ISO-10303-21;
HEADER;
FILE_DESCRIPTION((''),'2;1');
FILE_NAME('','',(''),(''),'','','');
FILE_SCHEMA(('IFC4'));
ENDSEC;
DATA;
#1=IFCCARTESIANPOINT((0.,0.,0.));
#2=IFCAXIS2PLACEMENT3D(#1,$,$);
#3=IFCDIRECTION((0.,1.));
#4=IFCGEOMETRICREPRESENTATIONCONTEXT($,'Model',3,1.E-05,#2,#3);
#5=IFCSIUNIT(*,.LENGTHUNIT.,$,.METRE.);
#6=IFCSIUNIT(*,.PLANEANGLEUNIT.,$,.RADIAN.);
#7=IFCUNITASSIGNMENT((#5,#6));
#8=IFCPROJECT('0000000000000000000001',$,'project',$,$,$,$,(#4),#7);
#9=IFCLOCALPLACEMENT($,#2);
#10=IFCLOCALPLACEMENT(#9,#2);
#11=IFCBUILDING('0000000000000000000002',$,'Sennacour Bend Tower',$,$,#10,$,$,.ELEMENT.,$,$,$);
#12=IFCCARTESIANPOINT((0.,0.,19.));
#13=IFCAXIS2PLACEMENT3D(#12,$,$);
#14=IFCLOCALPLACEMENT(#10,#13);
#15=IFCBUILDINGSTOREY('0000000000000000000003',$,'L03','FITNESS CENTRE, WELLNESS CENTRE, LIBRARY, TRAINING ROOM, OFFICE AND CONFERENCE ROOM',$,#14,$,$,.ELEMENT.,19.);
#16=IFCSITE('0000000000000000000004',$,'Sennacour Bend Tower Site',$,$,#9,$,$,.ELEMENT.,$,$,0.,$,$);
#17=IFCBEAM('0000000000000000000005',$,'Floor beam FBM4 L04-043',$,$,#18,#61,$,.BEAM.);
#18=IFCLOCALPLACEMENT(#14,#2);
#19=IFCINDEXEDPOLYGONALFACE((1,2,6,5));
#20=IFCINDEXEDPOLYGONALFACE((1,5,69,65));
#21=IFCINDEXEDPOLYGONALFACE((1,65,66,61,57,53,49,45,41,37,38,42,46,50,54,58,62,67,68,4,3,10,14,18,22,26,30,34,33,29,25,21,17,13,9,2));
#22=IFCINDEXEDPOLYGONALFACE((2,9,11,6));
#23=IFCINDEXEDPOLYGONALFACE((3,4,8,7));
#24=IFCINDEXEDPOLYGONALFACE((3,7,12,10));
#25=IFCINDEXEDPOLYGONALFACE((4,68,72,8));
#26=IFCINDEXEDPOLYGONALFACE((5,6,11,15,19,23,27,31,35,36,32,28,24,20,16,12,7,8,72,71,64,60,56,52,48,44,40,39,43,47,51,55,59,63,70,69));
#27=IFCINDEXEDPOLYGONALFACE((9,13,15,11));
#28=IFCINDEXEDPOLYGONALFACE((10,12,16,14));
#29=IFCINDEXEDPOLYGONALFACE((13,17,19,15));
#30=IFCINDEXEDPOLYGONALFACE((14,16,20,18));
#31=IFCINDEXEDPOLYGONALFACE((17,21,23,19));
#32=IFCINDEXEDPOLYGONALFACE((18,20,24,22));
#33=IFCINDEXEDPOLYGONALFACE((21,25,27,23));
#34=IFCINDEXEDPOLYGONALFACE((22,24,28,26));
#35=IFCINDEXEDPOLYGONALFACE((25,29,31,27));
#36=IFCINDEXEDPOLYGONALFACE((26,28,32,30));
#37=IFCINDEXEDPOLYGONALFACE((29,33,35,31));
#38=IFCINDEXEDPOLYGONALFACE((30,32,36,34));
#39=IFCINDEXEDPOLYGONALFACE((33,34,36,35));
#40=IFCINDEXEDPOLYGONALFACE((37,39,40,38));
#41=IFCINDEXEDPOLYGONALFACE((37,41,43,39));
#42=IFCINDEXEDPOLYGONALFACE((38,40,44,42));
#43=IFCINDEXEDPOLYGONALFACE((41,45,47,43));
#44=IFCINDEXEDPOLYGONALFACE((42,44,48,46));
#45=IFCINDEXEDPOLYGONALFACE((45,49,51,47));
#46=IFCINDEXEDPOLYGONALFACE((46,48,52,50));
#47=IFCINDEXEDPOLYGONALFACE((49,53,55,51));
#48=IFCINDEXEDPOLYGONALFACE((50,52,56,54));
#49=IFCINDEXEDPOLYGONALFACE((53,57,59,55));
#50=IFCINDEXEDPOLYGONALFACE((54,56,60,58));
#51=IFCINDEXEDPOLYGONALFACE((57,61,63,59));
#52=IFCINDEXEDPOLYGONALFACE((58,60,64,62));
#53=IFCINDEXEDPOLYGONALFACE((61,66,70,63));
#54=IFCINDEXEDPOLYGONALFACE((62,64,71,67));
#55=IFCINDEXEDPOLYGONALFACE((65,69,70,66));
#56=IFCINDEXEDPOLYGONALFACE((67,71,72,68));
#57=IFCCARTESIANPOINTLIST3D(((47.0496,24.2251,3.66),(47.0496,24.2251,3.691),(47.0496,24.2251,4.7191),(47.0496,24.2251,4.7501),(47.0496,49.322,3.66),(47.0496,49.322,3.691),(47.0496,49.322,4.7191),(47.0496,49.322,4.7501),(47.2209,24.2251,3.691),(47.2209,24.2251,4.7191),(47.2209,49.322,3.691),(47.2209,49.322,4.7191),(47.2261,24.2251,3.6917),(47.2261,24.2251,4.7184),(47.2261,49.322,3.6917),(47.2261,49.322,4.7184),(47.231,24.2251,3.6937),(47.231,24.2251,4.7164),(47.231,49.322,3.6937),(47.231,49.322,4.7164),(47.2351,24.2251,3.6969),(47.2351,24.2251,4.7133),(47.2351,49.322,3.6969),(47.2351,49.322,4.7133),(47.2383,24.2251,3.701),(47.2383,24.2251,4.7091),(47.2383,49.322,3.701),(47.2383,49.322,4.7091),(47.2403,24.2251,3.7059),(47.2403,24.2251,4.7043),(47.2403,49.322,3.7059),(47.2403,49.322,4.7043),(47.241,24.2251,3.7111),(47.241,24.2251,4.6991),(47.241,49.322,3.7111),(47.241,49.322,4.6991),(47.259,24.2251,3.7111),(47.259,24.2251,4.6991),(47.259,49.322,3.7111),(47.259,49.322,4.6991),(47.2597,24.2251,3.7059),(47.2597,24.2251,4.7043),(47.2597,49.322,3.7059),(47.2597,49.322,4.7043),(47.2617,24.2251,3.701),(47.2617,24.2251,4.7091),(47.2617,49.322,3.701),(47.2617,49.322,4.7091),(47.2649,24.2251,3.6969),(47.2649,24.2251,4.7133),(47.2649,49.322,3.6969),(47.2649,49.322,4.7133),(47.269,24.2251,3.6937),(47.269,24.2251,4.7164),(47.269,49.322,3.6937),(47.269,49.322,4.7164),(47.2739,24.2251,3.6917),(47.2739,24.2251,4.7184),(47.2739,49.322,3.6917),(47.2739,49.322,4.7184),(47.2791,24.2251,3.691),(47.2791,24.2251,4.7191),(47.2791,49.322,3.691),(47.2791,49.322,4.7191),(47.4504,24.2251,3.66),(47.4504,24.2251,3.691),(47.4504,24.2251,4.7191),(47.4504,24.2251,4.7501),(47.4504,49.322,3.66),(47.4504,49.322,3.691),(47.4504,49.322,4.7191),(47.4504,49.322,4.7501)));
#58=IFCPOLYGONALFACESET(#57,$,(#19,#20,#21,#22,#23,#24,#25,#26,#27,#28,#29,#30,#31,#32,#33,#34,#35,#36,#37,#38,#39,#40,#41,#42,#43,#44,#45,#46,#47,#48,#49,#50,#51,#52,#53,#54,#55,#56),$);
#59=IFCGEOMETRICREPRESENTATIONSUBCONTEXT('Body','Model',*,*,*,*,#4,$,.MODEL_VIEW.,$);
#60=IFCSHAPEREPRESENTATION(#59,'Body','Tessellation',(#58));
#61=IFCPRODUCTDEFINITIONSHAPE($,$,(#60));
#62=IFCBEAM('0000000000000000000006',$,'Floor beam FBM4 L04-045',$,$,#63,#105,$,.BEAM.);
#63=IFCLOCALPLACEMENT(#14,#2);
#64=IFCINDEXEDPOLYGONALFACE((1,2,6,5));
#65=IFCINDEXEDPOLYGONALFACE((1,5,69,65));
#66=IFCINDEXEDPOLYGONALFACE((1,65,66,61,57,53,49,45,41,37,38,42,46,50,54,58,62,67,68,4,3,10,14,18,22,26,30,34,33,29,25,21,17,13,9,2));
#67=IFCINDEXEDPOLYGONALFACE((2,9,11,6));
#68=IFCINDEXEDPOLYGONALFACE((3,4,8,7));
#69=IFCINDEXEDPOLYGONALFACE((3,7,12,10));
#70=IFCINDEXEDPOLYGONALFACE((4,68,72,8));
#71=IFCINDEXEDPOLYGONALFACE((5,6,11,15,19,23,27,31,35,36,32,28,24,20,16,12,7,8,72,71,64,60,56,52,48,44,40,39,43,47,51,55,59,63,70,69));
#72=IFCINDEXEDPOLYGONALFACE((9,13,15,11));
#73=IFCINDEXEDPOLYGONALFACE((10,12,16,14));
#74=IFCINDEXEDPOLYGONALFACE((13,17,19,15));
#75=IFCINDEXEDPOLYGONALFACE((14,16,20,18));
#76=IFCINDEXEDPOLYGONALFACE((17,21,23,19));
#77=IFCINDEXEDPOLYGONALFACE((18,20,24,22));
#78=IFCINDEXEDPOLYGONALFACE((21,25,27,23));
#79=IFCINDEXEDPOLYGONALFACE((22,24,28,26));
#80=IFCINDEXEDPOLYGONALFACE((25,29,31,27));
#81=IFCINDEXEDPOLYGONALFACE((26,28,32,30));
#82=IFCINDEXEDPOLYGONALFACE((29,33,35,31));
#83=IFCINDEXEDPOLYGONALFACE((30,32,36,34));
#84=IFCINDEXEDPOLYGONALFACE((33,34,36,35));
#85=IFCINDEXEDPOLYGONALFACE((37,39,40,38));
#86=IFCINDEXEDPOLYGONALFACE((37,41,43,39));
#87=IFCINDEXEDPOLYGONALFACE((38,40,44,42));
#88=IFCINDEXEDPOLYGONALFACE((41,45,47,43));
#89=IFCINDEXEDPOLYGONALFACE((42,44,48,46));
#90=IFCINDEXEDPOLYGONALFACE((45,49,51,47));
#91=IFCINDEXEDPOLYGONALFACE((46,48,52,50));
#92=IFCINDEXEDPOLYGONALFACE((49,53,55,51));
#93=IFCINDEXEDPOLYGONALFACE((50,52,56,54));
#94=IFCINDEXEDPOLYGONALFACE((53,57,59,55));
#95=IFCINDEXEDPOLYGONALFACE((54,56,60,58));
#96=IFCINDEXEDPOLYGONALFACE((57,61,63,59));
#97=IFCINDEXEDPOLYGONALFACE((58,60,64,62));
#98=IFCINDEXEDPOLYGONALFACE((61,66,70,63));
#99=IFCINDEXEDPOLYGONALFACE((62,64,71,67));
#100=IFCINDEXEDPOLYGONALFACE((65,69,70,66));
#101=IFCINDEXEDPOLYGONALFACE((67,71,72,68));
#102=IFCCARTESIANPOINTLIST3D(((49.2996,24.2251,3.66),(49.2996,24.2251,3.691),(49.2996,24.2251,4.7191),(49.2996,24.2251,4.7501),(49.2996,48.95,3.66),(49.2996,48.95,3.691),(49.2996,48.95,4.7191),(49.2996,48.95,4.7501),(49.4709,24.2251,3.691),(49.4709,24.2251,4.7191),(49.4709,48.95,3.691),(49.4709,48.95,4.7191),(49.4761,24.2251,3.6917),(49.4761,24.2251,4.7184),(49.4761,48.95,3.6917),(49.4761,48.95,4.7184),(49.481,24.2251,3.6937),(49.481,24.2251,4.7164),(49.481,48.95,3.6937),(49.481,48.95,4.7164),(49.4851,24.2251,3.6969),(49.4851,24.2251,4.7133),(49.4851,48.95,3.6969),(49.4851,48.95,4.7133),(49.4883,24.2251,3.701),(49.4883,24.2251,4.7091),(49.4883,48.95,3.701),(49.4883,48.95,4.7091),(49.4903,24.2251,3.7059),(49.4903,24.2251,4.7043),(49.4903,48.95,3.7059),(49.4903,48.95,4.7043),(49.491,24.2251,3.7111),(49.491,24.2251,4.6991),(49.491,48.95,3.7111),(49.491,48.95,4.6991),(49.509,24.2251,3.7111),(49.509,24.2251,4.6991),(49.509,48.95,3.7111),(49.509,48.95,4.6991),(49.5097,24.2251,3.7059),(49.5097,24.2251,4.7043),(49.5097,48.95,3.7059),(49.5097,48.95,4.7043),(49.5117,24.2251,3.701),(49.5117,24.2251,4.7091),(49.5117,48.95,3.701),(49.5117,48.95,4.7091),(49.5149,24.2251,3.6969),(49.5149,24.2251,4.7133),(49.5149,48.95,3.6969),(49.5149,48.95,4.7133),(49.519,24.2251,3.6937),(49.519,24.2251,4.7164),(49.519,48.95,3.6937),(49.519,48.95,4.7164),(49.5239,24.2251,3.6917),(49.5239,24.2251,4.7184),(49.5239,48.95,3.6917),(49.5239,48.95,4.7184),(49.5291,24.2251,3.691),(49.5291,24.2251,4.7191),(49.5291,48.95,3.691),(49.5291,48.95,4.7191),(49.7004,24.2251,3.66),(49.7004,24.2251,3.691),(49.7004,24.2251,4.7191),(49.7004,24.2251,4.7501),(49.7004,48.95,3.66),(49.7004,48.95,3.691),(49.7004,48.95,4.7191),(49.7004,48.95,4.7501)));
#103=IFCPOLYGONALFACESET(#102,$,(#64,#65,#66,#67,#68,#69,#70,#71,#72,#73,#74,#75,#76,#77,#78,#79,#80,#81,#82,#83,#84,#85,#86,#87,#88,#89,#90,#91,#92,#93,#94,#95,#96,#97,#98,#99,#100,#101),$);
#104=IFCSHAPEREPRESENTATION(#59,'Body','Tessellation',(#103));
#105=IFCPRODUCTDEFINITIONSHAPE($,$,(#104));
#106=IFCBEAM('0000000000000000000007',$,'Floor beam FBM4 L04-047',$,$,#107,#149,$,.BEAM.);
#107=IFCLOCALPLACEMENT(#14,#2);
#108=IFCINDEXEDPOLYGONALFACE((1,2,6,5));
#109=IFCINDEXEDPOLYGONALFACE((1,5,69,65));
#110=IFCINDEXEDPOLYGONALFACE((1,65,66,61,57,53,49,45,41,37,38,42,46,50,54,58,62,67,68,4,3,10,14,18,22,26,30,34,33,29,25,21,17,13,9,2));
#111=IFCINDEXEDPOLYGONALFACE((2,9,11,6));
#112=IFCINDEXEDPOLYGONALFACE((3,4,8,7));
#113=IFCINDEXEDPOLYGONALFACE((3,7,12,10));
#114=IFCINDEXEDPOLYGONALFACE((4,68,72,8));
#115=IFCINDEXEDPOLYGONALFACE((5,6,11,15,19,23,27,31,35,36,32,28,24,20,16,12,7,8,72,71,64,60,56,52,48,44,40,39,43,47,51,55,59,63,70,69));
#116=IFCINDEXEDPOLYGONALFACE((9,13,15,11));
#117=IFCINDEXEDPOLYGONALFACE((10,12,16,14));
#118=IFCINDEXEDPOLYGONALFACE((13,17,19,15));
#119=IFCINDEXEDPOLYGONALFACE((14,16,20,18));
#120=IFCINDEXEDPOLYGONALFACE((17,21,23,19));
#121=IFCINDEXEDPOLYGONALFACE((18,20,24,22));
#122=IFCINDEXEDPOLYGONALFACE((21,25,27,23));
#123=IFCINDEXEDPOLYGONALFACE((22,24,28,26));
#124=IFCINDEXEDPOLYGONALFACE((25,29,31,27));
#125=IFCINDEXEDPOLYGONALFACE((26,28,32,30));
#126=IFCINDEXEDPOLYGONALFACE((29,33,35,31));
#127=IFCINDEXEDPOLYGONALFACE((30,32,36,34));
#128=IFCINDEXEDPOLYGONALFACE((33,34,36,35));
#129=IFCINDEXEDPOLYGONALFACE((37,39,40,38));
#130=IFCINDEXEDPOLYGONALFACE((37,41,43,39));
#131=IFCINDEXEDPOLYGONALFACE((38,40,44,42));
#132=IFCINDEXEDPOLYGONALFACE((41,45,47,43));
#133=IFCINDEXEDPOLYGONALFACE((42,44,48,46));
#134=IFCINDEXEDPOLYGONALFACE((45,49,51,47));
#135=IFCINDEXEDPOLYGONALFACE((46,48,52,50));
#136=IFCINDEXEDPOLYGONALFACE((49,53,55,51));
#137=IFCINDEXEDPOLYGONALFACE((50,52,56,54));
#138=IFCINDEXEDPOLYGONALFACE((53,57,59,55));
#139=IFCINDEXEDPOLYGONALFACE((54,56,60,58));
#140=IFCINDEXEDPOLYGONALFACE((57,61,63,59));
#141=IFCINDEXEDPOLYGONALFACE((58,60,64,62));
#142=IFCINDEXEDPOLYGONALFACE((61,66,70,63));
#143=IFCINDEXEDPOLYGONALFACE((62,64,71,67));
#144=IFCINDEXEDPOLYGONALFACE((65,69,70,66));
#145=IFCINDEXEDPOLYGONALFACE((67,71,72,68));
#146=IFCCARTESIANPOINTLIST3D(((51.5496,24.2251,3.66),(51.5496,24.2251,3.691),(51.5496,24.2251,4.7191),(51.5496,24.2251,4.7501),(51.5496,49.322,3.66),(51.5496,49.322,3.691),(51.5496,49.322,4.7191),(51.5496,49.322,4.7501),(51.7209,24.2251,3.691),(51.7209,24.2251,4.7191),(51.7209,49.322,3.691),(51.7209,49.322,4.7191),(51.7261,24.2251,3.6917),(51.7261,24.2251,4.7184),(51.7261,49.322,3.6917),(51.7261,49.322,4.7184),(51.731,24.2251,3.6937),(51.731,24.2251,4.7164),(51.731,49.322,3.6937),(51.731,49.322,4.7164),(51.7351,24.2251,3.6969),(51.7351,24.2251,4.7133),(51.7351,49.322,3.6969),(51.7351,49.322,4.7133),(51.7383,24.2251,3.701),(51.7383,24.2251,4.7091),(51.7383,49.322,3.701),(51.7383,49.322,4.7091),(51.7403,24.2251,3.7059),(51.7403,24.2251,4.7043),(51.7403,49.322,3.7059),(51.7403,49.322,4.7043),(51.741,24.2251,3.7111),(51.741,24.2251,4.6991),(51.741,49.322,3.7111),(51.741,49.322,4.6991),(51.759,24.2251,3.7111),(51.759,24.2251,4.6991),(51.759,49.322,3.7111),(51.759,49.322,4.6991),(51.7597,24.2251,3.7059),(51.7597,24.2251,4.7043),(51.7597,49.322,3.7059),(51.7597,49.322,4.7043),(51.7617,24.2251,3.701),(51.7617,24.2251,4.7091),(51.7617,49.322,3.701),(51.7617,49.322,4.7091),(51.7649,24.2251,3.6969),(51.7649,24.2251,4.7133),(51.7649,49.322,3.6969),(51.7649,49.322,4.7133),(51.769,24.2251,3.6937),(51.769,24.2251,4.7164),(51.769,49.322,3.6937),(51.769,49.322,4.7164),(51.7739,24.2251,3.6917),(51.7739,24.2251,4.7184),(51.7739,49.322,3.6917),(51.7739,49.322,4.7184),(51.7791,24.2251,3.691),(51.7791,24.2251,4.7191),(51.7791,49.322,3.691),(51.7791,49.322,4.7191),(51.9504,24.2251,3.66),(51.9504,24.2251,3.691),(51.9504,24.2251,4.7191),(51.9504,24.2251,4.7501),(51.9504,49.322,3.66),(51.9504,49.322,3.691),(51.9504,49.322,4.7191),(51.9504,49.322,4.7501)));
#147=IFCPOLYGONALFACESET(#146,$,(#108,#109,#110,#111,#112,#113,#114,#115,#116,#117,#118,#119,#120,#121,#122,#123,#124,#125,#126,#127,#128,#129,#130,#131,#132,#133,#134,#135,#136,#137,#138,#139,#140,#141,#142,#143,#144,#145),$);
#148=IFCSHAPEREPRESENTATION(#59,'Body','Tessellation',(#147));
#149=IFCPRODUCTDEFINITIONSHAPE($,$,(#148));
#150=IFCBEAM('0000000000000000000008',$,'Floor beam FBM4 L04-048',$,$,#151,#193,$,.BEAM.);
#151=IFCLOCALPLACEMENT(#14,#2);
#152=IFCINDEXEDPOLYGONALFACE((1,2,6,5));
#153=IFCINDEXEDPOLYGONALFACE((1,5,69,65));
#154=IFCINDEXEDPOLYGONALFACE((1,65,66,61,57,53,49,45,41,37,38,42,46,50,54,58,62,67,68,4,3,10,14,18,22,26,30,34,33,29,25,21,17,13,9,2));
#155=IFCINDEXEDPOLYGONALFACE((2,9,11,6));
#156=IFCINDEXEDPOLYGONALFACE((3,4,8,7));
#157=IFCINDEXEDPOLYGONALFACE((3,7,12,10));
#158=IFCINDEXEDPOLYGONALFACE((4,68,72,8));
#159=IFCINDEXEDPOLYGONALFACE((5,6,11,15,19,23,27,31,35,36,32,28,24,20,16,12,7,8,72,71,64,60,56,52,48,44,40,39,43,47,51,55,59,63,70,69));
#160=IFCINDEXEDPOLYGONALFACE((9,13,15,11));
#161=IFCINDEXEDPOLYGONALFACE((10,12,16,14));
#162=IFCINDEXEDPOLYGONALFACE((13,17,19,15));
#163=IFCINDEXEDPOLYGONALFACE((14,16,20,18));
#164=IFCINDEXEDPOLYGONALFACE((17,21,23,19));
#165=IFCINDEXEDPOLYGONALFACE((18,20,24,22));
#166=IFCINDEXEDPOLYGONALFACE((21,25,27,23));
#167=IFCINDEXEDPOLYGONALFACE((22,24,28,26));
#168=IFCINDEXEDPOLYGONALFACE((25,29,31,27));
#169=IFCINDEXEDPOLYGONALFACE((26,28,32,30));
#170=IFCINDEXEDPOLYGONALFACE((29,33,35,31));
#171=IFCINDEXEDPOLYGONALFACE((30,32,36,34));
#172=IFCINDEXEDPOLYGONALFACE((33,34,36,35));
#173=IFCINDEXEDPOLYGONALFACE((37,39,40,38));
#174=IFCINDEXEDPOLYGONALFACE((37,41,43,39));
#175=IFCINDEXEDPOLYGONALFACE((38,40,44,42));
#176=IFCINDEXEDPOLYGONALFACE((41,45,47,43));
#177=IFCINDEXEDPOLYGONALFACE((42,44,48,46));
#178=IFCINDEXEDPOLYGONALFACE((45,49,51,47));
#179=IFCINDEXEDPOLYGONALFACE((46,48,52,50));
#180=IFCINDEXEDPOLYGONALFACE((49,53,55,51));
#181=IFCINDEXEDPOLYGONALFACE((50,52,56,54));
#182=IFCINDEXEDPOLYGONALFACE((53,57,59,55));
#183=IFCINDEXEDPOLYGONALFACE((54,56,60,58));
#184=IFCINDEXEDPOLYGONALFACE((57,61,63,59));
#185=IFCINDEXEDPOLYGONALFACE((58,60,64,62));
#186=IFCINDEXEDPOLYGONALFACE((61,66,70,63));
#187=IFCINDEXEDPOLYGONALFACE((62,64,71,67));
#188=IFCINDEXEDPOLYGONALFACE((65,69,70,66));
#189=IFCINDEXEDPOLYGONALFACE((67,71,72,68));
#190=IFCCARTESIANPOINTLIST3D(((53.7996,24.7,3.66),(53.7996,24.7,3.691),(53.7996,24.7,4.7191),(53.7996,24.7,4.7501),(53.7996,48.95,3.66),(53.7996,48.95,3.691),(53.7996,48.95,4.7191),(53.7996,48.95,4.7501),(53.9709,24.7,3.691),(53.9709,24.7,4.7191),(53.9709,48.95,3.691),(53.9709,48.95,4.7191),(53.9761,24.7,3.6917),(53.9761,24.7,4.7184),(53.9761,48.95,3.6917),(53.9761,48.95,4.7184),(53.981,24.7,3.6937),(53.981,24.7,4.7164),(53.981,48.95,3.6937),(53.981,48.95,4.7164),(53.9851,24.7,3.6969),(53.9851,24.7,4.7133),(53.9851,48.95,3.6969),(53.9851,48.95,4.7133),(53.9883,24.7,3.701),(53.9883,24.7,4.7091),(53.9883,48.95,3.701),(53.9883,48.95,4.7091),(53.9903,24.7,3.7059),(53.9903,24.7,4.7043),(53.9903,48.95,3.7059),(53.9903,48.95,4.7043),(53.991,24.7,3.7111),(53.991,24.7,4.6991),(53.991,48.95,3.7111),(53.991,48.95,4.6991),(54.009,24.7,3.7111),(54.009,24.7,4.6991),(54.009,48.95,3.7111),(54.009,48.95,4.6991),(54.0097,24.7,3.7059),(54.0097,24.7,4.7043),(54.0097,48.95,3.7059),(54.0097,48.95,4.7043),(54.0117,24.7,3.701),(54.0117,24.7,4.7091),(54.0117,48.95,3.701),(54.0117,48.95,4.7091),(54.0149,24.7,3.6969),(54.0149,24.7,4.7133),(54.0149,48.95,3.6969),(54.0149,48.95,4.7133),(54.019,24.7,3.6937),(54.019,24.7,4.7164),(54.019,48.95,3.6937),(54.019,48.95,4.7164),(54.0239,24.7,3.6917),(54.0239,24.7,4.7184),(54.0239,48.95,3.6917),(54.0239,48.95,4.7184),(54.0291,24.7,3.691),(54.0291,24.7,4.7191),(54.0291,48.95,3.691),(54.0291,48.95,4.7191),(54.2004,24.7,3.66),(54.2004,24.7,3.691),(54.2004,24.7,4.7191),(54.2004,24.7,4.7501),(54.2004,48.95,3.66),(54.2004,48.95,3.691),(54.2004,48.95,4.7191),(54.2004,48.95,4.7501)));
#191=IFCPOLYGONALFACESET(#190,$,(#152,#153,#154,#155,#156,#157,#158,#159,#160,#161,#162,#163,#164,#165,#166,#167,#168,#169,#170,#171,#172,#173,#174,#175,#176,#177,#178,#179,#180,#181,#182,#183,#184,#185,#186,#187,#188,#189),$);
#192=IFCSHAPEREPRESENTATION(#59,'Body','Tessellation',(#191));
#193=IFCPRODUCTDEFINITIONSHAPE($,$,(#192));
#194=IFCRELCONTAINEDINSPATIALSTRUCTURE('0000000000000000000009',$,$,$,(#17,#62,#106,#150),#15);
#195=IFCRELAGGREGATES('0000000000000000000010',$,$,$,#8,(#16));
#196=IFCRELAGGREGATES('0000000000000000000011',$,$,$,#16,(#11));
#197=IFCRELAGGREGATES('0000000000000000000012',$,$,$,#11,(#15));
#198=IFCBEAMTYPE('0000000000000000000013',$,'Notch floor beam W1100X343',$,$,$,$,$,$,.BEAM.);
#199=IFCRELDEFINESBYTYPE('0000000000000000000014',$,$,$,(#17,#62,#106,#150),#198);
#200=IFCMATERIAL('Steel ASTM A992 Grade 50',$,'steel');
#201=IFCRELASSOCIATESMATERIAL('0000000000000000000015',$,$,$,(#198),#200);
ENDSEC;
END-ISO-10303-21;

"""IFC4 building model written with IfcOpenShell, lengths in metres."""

from ifc_helpers import new_model, si_unit, direction, frame, origin, origin_2d, place, context, subcontext, project, spatial, i_section, extrude, material, material_profile, profile_set, type_object, element, save


model = new_model("IFC4")

# Units and contexts
model_context = context("Model", 3, precision=1e-05, world=origin(), true_north=direction((0.0, 1.0)))
body_context = subcontext(model_context, "Body", "Model", "MODEL_VIEW")
ifc_project = project(units=[si_unit("LENGTHUNIT", "METRE"), si_unit("PLANEANGLEUNIT", "RADIAN")], contexts=[model_context])

# Site, building, storey
site_placement = place(None, origin())
site = spatial("IfcSite", under=ifc_project, at=site_placement, Name="Sennacour Bend Tower Site", CompositionType="ELEMENT", RefElevation=0.0)
building_placement = place(site_placement, origin())
building = spatial("IfcBuilding", under=site, at=building_placement, Name="Sennacour Bend Tower", CompositionType="ELEMENT")
storey_placement = place(building_placement, frame((0.0, 0.0, 19.0)))
storey = spatial("IfcBuildingStorey", under=building, at=storey_placement, Name="L03", Description="FITNESS CENTRE, WELLNESS CENTRE, LIBRARY, TRAINING ROOM, OFFICE AND CONFERENCE ROOM", CompositionType="ELEMENT", Elevation=19.0)

# Beams
ifc_material_1 = material(Name="Steel ASTM A992 Grade 50", Category="steel")
ifc_material_profile_1 = material_profile(ifc_material_1, i_section(OverallWidth=0.4009, OverallDepth=1.0901, WebThickness=0.0181, FlangeThickness=0.031, FilletRadius=0.02, at=origin_2d()), Name="Steel ASTM A992 Grade 50", Category="steel")
ifc_profile_set_1 = profile_set([ifc_material_profile_1], Name="Steel ASTM A992 Grade 50")
beam_type_1 = type_object("IfcBeamType", Name="Notch floor beam W1100X343", PredefinedType="BEAM", material=ifc_profile_set_1)
beam_1_placement = place(storey_placement, frame((47.25, 24.2251, 4.2051), z_axis=(0.0, 1.0, 0.0), x_axis=(-1.0, 0.0, 0.0)))
element("IfcBeam", 1, at=beam_1_placement, inside=storey, type_object=beam_type_1, Name="Floor beam FBM4 L04-043", PredefinedType="BEAM", context=body_context, shape_type="SweptSolid", body=[
    extrude(i_section(OverallWidth=0.4009, OverallDepth=1.0901, WebThickness=0.0181, FlangeThickness=0.031, FilletRadius=0.02, at=origin_2d()), origin(), (0.0, 0.0, 1.0), 25.0969),
])
beam_2_placement = place(storey_placement, frame((49.5, 24.2251, 4.2051), z_axis=(0.0, 1.0, 0.0), x_axis=(-1.0, 0.0, 0.0)))
element("IfcBeam", 2, at=beam_2_placement, inside=storey, type_object=beam_type_1, Name="Floor beam FBM4 L04-045", PredefinedType="BEAM", context=body_context, shape_type="SweptSolid", body=[
    extrude(i_section(OverallWidth=0.4009, OverallDepth=1.0901, WebThickness=0.0181, FlangeThickness=0.031, FilletRadius=0.02, at=origin_2d()), origin(), (0.0, 0.0, 1.0), 24.7249),
])
beam_3_placement = place(storey_placement, frame((51.75, 24.2251, 4.2051), z_axis=(0.0, 1.0, 0.0), x_axis=(-1.0, 0.0, 0.0)))
element("IfcBeam", 3, at=beam_3_placement, inside=storey, type_object=beam_type_1, Name="Floor beam FBM4 L04-047", PredefinedType="BEAM", context=body_context, shape_type="SweptSolid", body=[
    extrude(i_section(OverallWidth=0.4009, OverallDepth=1.0901, WebThickness=0.0181, FlangeThickness=0.031, FilletRadius=0.02, at=origin_2d()), origin(), (0.0, 0.0, 1.0), 25.0969),
])
beam_4_placement = place(storey_placement, frame((54.0, 24.7, 4.2051), z_axis=(0.0, 1.0, 0.0), x_axis=(-1.0, 0.0, 0.0)))
element("IfcBeam", 4, at=beam_4_placement, inside=storey, type_object=beam_type_1, Name="Floor beam FBM4 L04-048", PredefinedType="BEAM", context=body_context, shape_type="SweptSolid", body=[
    extrude(i_section(OverallWidth=0.4009, OverallDepth=1.0901, WebThickness=0.0181, FlangeThickness=0.031, FilletRadius=0.02, at=origin_2d()), origin(), (0.0, 0.0, 1.0), 24.25),
])

save(model, "model.ifc")
